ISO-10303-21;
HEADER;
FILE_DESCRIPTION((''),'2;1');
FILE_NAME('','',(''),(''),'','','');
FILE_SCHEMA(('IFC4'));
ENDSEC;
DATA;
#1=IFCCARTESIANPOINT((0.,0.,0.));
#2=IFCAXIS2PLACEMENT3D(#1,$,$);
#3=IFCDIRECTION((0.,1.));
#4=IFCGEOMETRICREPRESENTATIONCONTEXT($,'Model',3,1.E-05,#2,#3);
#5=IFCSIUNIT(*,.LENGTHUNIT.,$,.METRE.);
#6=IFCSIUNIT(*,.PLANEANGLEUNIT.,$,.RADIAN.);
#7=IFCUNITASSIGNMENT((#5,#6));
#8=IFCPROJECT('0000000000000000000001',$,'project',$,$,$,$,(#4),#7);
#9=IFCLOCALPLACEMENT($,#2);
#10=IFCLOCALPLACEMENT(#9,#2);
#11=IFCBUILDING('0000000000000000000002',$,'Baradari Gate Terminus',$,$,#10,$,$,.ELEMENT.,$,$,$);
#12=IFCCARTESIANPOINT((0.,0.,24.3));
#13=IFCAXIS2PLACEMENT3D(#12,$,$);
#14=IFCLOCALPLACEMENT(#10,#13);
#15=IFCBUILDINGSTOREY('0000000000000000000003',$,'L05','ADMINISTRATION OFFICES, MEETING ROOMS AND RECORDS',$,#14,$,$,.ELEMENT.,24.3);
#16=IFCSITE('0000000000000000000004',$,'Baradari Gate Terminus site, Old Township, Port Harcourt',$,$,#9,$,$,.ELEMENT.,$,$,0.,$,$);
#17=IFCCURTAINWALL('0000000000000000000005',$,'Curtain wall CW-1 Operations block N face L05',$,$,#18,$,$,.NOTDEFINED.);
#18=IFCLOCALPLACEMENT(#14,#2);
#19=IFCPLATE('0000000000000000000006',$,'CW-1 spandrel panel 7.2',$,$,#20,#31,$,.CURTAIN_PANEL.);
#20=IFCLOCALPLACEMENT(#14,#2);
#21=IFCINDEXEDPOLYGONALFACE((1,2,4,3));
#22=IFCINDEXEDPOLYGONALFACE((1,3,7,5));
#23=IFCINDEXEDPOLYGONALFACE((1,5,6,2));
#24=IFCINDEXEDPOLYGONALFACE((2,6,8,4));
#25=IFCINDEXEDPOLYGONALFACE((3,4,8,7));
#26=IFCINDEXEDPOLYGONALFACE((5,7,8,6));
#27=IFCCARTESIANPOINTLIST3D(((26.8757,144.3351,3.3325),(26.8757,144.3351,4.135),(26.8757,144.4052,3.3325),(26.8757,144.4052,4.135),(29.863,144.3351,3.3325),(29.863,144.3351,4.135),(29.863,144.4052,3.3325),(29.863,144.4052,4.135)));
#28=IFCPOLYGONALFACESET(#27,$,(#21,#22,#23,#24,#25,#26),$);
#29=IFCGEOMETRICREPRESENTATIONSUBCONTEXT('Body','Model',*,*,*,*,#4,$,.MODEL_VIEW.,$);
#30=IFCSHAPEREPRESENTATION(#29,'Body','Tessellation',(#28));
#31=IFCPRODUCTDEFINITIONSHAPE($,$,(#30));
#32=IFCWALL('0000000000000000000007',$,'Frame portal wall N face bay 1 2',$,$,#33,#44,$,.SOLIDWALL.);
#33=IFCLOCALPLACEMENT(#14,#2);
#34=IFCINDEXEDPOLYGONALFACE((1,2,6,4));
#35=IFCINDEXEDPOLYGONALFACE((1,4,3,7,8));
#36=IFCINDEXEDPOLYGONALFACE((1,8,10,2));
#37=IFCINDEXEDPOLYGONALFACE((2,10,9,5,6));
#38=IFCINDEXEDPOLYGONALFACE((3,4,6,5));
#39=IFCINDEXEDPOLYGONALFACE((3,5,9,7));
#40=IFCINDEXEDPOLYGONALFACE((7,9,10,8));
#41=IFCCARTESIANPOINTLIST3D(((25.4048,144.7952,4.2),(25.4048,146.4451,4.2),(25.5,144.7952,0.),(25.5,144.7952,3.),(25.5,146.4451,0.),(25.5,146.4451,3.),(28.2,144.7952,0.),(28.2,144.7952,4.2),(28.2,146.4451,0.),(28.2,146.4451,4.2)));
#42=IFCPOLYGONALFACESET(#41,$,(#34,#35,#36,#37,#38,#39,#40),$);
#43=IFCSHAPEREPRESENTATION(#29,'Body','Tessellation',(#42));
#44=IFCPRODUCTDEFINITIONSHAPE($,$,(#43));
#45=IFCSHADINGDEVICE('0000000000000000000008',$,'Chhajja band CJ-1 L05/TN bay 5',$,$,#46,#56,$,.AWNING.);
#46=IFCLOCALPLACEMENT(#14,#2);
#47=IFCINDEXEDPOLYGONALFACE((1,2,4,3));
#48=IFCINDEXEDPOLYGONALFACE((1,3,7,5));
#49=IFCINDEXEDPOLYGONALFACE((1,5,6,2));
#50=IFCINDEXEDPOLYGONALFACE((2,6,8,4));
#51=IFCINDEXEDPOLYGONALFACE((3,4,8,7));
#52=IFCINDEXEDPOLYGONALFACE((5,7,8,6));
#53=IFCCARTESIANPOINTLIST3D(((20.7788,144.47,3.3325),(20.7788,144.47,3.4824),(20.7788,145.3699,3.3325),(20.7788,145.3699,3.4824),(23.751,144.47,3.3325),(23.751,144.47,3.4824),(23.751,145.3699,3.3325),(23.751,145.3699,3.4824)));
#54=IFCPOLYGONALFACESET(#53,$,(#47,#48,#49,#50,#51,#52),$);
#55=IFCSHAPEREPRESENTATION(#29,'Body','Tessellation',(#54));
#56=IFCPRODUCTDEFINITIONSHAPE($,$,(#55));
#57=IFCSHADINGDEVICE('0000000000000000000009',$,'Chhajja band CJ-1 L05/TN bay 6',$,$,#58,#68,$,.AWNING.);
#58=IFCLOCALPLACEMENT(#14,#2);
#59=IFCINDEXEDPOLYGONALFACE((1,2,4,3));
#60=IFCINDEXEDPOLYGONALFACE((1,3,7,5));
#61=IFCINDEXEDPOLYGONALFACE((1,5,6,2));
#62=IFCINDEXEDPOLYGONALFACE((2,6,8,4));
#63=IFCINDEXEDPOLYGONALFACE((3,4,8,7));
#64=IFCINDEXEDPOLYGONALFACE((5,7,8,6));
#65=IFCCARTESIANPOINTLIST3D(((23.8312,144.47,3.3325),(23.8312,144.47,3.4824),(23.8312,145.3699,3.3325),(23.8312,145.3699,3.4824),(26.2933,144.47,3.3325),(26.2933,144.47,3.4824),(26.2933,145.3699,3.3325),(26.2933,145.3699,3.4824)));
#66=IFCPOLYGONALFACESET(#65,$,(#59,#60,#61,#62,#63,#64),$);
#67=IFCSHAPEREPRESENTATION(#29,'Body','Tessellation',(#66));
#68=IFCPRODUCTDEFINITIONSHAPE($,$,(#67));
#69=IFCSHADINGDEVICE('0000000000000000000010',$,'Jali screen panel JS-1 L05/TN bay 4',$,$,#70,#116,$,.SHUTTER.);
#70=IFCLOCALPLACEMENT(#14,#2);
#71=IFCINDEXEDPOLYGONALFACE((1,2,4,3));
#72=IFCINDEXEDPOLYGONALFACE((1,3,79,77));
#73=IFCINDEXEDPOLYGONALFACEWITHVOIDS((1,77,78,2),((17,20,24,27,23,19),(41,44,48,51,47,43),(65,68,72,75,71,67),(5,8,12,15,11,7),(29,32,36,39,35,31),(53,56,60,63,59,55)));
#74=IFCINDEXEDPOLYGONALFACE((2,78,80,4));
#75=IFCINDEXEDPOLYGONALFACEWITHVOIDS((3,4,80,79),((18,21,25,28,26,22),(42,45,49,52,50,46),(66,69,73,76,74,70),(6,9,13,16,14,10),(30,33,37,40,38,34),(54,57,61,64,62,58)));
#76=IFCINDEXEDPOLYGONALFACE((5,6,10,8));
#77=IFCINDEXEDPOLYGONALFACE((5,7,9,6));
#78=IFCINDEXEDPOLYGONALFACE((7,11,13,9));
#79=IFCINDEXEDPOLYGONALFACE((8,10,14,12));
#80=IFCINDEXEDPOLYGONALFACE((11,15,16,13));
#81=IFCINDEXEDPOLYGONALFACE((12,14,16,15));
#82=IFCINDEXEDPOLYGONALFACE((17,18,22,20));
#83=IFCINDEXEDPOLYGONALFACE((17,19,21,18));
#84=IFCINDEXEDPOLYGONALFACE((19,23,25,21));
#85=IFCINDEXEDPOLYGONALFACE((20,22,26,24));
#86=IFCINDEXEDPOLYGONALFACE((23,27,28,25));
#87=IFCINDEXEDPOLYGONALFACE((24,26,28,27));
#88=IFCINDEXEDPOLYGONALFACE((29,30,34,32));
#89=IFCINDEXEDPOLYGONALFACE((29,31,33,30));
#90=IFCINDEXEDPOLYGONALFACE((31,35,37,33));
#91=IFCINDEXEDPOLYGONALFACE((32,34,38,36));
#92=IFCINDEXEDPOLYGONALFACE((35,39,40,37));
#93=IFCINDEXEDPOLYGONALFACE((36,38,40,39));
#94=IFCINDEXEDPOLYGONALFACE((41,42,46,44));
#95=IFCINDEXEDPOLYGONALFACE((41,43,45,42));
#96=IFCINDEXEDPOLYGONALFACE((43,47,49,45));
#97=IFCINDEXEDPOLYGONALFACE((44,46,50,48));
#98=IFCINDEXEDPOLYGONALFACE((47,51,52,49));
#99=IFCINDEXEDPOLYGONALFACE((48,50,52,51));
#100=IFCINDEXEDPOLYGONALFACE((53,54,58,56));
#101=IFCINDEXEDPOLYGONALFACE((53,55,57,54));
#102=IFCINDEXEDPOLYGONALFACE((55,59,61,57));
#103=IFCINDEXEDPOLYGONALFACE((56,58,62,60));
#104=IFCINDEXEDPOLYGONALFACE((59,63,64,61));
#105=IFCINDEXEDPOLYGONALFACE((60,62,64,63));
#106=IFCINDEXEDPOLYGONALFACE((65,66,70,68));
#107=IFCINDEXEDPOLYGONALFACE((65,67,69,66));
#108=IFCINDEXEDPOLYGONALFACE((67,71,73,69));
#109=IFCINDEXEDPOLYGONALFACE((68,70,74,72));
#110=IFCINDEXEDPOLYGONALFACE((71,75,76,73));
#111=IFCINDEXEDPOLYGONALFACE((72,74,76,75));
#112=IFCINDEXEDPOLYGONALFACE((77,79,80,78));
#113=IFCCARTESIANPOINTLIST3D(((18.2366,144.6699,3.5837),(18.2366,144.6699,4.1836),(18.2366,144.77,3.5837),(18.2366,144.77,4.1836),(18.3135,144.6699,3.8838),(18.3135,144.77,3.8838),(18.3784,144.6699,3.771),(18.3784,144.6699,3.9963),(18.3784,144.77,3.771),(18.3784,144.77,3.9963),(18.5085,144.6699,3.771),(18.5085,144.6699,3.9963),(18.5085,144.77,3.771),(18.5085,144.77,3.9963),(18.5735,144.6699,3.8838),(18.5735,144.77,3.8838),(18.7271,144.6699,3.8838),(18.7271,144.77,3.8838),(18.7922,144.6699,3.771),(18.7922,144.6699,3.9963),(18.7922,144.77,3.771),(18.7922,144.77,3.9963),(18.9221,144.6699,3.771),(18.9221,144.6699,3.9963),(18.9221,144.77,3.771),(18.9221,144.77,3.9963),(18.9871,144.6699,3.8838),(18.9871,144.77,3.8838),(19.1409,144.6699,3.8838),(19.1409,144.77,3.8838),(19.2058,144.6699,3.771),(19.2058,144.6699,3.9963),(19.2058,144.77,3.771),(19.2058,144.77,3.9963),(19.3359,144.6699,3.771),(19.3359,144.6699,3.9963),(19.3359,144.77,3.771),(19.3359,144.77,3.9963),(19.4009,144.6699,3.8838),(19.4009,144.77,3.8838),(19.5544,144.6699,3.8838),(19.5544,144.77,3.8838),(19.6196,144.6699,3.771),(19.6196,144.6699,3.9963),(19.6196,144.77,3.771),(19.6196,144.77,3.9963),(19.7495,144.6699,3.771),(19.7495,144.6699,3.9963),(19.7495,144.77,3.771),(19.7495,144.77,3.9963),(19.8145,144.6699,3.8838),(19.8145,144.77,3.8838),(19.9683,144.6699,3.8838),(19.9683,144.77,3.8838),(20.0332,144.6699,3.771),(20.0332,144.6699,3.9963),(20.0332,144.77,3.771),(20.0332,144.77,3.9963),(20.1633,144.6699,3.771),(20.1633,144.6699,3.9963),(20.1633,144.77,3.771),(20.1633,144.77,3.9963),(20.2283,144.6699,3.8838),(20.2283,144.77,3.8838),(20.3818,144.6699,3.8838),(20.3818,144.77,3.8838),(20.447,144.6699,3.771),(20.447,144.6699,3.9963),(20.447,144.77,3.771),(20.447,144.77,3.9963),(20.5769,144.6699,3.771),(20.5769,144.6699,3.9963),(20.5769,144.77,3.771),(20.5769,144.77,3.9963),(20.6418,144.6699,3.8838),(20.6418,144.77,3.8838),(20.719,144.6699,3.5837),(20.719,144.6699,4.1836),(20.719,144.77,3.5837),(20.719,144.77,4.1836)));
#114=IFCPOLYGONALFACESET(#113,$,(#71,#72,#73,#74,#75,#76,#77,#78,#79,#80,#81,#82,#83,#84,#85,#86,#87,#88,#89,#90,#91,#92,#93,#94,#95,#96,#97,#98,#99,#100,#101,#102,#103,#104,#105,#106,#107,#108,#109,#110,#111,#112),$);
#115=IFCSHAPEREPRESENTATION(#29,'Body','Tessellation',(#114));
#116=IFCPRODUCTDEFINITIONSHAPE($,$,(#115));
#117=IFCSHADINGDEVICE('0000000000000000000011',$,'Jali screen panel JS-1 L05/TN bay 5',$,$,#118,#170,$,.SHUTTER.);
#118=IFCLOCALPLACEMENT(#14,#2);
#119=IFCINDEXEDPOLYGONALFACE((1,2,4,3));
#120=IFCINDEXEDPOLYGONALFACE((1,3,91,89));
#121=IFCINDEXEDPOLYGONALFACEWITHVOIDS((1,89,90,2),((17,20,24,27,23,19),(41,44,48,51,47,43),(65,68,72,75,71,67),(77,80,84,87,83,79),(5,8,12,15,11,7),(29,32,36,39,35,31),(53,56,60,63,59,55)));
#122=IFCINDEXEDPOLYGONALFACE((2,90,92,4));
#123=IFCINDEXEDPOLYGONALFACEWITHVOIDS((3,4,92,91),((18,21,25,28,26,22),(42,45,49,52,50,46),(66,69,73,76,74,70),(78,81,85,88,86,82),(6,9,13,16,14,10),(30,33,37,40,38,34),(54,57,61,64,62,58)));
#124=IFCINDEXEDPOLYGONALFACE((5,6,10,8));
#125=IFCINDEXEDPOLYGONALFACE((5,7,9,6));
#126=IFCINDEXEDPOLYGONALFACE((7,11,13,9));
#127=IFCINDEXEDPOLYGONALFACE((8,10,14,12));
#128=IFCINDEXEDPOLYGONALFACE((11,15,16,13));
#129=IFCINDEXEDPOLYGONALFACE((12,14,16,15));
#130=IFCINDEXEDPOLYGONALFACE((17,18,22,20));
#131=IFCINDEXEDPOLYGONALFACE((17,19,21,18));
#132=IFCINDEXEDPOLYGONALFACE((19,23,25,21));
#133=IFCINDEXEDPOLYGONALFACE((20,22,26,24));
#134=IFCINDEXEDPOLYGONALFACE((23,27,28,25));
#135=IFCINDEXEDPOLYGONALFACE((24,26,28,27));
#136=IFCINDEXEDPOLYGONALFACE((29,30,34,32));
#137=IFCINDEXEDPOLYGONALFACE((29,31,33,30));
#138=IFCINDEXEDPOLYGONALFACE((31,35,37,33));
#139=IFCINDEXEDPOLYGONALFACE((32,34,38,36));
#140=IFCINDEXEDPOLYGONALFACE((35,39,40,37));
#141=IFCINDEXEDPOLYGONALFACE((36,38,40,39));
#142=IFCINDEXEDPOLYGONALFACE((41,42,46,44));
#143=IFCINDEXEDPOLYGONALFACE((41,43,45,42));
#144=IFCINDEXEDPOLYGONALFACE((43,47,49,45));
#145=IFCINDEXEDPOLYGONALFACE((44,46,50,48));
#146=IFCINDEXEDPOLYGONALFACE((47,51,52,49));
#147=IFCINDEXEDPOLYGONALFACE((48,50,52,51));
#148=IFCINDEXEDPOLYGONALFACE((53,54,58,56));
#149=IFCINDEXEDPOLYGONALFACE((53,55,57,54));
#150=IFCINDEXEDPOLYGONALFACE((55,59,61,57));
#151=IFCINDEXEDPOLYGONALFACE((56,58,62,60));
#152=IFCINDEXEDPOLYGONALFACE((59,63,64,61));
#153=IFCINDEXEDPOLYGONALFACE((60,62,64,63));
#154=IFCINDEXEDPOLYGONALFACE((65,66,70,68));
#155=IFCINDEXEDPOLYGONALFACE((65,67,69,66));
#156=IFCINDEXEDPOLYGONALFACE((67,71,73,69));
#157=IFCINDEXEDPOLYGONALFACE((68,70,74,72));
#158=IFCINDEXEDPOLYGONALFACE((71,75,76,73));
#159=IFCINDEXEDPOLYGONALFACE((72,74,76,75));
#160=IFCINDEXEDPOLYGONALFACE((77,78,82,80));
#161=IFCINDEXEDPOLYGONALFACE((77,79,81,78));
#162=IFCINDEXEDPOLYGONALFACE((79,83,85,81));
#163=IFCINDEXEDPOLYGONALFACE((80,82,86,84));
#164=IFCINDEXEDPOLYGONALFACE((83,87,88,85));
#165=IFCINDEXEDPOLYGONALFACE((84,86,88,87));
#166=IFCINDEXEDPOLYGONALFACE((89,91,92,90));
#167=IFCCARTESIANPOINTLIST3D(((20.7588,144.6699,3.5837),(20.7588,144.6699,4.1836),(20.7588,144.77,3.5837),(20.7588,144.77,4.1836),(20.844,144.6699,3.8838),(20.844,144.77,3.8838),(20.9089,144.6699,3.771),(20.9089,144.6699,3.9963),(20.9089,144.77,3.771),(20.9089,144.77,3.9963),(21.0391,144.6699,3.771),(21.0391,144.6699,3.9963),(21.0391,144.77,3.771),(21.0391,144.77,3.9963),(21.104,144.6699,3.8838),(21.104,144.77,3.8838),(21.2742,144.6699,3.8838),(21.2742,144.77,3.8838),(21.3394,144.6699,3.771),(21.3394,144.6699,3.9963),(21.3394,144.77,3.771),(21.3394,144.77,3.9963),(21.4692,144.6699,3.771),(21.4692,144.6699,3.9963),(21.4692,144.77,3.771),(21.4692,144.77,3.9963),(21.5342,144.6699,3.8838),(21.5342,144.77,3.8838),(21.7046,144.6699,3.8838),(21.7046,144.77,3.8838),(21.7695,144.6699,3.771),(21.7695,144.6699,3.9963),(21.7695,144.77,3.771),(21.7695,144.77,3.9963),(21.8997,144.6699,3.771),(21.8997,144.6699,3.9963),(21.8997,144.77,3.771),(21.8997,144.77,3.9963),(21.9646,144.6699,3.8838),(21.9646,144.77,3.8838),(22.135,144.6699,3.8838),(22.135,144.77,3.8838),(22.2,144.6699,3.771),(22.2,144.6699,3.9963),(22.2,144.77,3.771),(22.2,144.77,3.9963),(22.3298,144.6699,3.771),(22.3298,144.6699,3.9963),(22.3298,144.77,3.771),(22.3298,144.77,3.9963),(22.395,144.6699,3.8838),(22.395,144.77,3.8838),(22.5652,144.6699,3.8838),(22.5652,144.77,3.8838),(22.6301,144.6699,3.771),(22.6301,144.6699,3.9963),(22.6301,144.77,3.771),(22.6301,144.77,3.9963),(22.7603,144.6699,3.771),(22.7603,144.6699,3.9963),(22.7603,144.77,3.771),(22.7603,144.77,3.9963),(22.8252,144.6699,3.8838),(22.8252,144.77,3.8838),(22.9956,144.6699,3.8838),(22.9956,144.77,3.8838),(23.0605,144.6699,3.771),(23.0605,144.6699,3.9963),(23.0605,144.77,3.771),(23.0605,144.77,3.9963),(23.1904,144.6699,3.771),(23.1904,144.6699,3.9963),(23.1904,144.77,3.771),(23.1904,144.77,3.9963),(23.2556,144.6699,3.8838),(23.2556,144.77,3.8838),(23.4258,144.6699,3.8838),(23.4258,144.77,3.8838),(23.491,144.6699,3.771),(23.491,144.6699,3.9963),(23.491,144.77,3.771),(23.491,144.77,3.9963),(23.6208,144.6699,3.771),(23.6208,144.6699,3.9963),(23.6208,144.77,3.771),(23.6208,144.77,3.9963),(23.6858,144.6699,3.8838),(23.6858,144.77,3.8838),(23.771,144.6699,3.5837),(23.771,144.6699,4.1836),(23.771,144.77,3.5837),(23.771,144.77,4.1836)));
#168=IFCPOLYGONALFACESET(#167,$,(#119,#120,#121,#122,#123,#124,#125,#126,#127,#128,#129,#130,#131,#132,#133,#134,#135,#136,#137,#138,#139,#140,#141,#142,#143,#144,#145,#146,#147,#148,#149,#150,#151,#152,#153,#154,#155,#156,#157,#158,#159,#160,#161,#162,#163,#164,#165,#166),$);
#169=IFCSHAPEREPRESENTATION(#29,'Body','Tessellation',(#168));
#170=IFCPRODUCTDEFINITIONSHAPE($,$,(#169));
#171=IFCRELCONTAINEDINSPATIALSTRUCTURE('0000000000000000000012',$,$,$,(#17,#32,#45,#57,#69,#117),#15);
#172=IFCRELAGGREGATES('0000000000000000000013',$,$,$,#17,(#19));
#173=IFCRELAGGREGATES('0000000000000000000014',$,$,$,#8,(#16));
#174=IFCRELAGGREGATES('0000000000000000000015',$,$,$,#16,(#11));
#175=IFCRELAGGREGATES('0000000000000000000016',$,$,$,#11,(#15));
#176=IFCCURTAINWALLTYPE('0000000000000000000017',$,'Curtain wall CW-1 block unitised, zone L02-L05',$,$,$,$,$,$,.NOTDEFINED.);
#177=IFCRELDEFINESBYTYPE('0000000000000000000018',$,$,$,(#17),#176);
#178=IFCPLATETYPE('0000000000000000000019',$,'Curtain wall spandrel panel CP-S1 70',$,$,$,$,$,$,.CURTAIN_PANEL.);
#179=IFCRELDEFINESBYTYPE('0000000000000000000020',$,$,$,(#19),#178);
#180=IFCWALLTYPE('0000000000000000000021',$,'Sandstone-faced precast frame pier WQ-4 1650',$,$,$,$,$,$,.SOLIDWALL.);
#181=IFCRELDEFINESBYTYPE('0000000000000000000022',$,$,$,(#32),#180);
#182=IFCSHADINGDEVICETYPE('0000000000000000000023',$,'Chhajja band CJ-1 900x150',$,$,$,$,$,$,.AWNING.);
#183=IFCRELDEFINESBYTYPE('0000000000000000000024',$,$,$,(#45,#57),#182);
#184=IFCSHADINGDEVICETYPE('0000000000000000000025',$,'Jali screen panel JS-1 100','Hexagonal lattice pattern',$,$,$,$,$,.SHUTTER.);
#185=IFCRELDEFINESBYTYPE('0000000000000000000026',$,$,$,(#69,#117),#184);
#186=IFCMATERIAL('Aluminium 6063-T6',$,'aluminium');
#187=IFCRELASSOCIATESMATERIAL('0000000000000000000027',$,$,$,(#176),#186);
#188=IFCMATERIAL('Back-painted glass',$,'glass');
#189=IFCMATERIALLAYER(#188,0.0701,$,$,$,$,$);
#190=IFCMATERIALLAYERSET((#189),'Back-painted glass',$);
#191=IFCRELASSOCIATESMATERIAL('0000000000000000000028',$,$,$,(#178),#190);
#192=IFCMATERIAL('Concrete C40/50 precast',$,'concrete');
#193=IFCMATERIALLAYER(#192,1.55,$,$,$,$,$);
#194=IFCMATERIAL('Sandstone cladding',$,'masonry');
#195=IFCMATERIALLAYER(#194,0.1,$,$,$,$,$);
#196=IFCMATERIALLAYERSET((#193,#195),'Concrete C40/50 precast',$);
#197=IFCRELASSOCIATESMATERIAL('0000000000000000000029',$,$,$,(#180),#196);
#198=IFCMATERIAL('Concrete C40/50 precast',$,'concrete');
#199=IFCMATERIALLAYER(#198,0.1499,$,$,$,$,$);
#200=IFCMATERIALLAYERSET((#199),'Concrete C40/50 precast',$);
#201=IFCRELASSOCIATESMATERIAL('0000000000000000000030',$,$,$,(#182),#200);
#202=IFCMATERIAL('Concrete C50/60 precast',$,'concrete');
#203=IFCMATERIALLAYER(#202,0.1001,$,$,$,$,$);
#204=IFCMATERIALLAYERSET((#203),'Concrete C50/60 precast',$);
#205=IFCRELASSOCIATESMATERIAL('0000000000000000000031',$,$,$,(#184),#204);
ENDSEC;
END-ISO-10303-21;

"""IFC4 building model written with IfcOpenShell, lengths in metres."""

from ifc_helpers import new_model, si_unit, direction, frame, origin, origin_2d, place, context, subcontext, project, spatial, polyline, rectangle, outline, extrude, material, layer, layer_set, type_object, element, aggregate, save


model = new_model("IFC4")

# Units and contexts
model_context = context("Model", 3, precision=1e-05, world=origin(), true_north=direction((0.0, 1.0)))
body_context = subcontext(model_context, "Body", "Model", "MODEL_VIEW")
ifc_project = project(units=[si_unit("LENGTHUNIT", "METRE"), si_unit("PLANEANGLEUNIT", "RADIAN")], contexts=[model_context])

# Site, building, storey
site_placement = place(None, origin())
site = spatial("IfcSite", under=ifc_project, at=site_placement, Name="Baradari Gate Terminus site, Old Township, Port Harcourt", CompositionType="ELEMENT", RefElevation=0.0)
building_placement = place(site_placement, origin())
building = spatial("IfcBuilding", under=site, at=building_placement, Name="Baradari Gate Terminus", CompositionType="ELEMENT")
storey_placement = place(building_placement, frame((0.0, 0.0, 24.3)))
storey = spatial("IfcBuildingStorey", under=building, at=storey_placement, Name="L05", Description="ADMINISTRATION OFFICES, MEETING ROOMS AND RECORDS", CompositionType="ELEMENT", Elevation=24.3)

# Curtain wall, plate
ifc_material_1 = material(Name="Aluminium 6063-T6", Category="aluminium")
curtain_wall_type = type_object("IfcCurtainWallType", Name="Curtain wall CW-1 block unitised, zone L02-L05", PredefinedType="NOTDEFINED", material=ifc_material_1)
curtain_wall_placement = place(storey_placement, origin())
curtain_wall = element("IfcCurtainWall", 1, at=curtain_wall_placement, inside=storey, type_object=curtain_wall_type, Name="Curtain wall CW-1 Operations block N face L05", PredefinedType="NOTDEFINED")
ifc_material_2 = material(Name="Back-painted glass", Category="glass")
ifc_layer_1 = layer(ifc_material_2, 0.0701)
ifc_layer_set_1 = layer_set([ifc_layer_1], Name="Back-painted glass")
plate_type_1 = type_object("IfcPlateType", Name="Curtain wall spandrel panel CP-S1 70", PredefinedType="CURTAIN_PANEL", material=ifc_layer_set_1)
plate_1_placement = place(storey_placement, frame((28.3694, 144.3701, 3.3325), z_axis=(0.0, 0.0, 1.0), x_axis=(1.0, 0.0, 0.0)))
plate_1 = element("IfcPlate", 2, at=plate_1_placement, type_object=plate_type_1, Name="CW-1 spandrel panel 7.2", PredefinedType="CURTAIN_PANEL", context=body_context, shape_type="SweptSolid", body=[
    extrude(rectangle(XDim=2.9873, YDim=0.0701, at=origin_2d()), origin(), (0.0, 0.0, 1.0), 0.8025),
])
aggregate(curtain_wall, [plate_1])

# Wall
ifc_material_3 = material(Name="Concrete C40/50 precast", Category="concrete")
ifc_layer_2 = layer(ifc_material_3, 1.55)
ifc_material_4 = material(Name="Sandstone cladding", Category="masonry")
ifc_layer_3 = layer(ifc_material_4, 0.1)
ifc_layer_set_2 = layer_set([ifc_layer_2, ifc_layer_3], Name="Concrete C40/50 precast")
wall_type = type_object("IfcWallType", Name="Sandstone-faced precast frame pier WQ-4 1650", PredefinedType="SOLIDWALL", material=ifc_layer_set_2)
wall_placement = place(storey_placement, frame((25.4048, 145.6201, 0.0), z_axis=(0.0, 0.0, 1.0), x_axis=(1.0, 0.0, 0.0)))
element("IfcWall", 3, at=wall_placement, inside=storey, type_object=wall_type, Name="Frame portal wall N face bay 1 2", PredefinedType="SOLIDWALL", context=body_context, shape_type="SweptSolid", body=[
    extrude(outline(polyline([(0.0, 4.2), (0.0952, 3.0), (0.0952, 0.0), (2.7952, 0.0), (2.7952, 4.2), (0.0, 4.2)])), frame((0.0, 0.825, 0.0), z_axis=(0.0, -1.0, 0.0), x_axis=(1.0, 0.0, 0.0)), (0.0, 0.0, 1.0), 1.6499),
])

# Shading devices
ifc_material_5 = material(Name="Concrete C40/50 precast", Category="concrete")
ifc_layer_4 = layer(ifc_material_5, 0.1499)
ifc_layer_set_3 = layer_set([ifc_layer_4], Name="Concrete C40/50 precast")
shading_device_type_1 = type_object("IfcShadingDeviceType", Name="Chhajja band CJ-1 900x150", PredefinedType="AWNING", material=ifc_layer_set_3)
shading_device_1_placement = place(storey_placement, frame((22.2649, 144.9199, 3.3325), z_axis=(0.0, 0.0, 1.0), x_axis=(1.0, 0.0, 0.0)))
element("IfcShadingDevice", 4, at=shading_device_1_placement, inside=storey, type_object=shading_device_type_1, Name="Chhajja band CJ-1 L05/TN bay 5", PredefinedType="AWNING", context=body_context, shape_type="SweptSolid", body=[
    extrude(rectangle(XDim=2.9722, YDim=0.8999, at=origin_2d()), origin(), (0.0, 0.0, 1.0), 0.1499),
])
shading_device_2_placement = place(storey_placement, frame((25.0623, 144.9199, 3.3325), z_axis=(0.0, 0.0, 1.0), x_axis=(1.0, 0.0, 0.0)))
element("IfcShadingDevice", 5, at=shading_device_2_placement, inside=storey, type_object=shading_device_type_1, Name="Chhajja band CJ-1 L05/TN bay 6", PredefinedType="AWNING", context=body_context, shape_type="SweptSolid", body=[
    extrude(rectangle(XDim=2.4622, YDim=0.8999, at=origin_2d()), origin(), (0.0, 0.0, 1.0), 0.1499),
])
ifc_material_6 = material(Name="Concrete C50/60 precast", Category="concrete")
ifc_layer_5 = layer(ifc_material_6, 0.1001)
ifc_layer_set_4 = layer_set([ifc_layer_5], Name="Concrete C50/60 precast")
shading_device_type_2 = type_object("IfcShadingDeviceType", Name="Jali screen panel JS-1 100", Description="Hexagonal lattice pattern", PredefinedType="SHUTTER", material=ifc_layer_set_4)
shading_device_3_placement = place(storey_placement, frame((18.2366, 144.72, 3.5837), z_axis=(0.0, 0.0, 1.0), x_axis=(1.0, 0.0, 0.0)))
element("IfcShadingDevice", 6, at=shading_device_3_placement, inside=storey, type_object=shading_device_type_2, Name="Jali screen panel JS-1 L05/TN bay 4", PredefinedType="SHUTTER", context=body_context, shape_type="SweptSolid", body=[
    extrude(outline(polyline([(0.0, 0.0), (2.4824, 0.0), (2.4824, 0.5999), (0.0, 0.5999), (0.0, 0.0)]), holes=[polyline([(0.3369, 0.3), (0.272, 0.1873), (0.1418, 0.1873), (0.0769, 0.3), (0.1418, 0.4126), (0.272, 0.4126), (0.3369, 0.3)]), polyline([(0.7505, 0.3), (0.6855, 0.1873), (0.5557, 0.1873), (0.4905, 0.3), (0.5557, 0.4126), (0.6855, 0.4126), (0.7505, 0.3)]), polyline([(1.1643, 0.3), (1.0994, 0.1873), (0.9692, 0.1873), (0.9043, 0.3), (0.9692, 0.4126), (1.0994, 0.4126), (1.1643, 0.3)]), polyline([(1.5779, 0.3), (1.5129, 0.1873), (1.3831, 0.1873), (1.3179, 0.3), (1.3831, 0.4126), (1.5129, 0.4126), (1.5779, 0.3)]), polyline([(1.9917, 0.3), (1.9268, 0.1873), (1.7966, 0.1873), (1.7317, 0.3), (1.7966, 0.4126), (1.9268, 0.4126), (1.9917, 0.3)]), polyline([(2.4053, 0.3), (2.3403, 0.1873), (2.2104, 0.1873), (2.1453, 0.3), (2.2104, 0.4126), (2.3403, 0.4126), (2.4053, 0.3)])]), frame((0.0, 0.05, 0.0), z_axis=(0.0, -1.0, 0.0), x_axis=(1.0, 0.0, 0.0)), (0.0, 0.0, 1.0), 0.1001),
])
shading_device_4_placement = place(storey_placement, frame((20.7588, 144.72, 3.5837), z_axis=(0.0, 0.0, 1.0), x_axis=(1.0, 0.0, 0.0)))
element("IfcShadingDevice", 7, at=shading_device_4_placement, inside=storey, type_object=shading_device_type_2, Name="Jali screen panel JS-1 L05/TN bay 5", PredefinedType="SHUTTER", context=body_context, shape_type="SweptSolid", body=[
    extrude(outline(polyline([(0.0, 0.0), (3.0122, 0.0), (3.0122, 0.5999), (0.0, 0.5999), (0.0, 0.0)]), holes=[polyline([(0.3452, 0.3), (0.2803, 0.1873), (0.1501, 0.1873), (0.0852, 0.3), (0.1501, 0.4126), (0.2803, 0.4126), (0.3452, 0.3)]), polyline([(0.7754, 0.3), (0.7104, 0.1873), (0.5806, 0.1873), (0.5154, 0.3), (0.5806, 0.4126), (0.7104, 0.4126), (0.7754, 0.3)]), polyline([(1.2058, 0.3), (1.1409, 0.1873), (1.0107, 0.1873), (0.9458, 0.3), (1.0107, 0.4126), (1.1409, 0.4126), (1.2058, 0.3)]), polyline([(1.6362, 0.3), (1.571, 0.1873), (1.4412, 0.1873), (1.3762, 0.3), (1.4412, 0.4126), (1.571, 0.4126), (1.6362, 0.3)]), polyline([(2.0664, 0.3), (2.0015, 0.1873), (1.8713, 0.1873), (1.8064, 0.3), (1.8713, 0.4126), (2.0015, 0.4126), (2.0664, 0.3)]), polyline([(2.4968, 0.3), (2.4316, 0.1873), (2.3018, 0.1873), (2.2368, 0.3), (2.3018, 0.4126), (2.4316, 0.4126), (2.4968, 0.3)]), polyline([(2.927, 0.3), (2.8621, 0.1873), (2.7322, 0.1873), (2.667, 0.3), (2.7322, 0.4126), (2.8621, 0.4126), (2.927, 0.3)])]), frame((0.0, 0.05, 0.0), z_axis=(0.0, -1.0, 0.0), x_axis=(1.0, 0.0, 0.0)), (0.0, 0.0, 1.0), 0.1001),
])

save(model, "model.ifc")
